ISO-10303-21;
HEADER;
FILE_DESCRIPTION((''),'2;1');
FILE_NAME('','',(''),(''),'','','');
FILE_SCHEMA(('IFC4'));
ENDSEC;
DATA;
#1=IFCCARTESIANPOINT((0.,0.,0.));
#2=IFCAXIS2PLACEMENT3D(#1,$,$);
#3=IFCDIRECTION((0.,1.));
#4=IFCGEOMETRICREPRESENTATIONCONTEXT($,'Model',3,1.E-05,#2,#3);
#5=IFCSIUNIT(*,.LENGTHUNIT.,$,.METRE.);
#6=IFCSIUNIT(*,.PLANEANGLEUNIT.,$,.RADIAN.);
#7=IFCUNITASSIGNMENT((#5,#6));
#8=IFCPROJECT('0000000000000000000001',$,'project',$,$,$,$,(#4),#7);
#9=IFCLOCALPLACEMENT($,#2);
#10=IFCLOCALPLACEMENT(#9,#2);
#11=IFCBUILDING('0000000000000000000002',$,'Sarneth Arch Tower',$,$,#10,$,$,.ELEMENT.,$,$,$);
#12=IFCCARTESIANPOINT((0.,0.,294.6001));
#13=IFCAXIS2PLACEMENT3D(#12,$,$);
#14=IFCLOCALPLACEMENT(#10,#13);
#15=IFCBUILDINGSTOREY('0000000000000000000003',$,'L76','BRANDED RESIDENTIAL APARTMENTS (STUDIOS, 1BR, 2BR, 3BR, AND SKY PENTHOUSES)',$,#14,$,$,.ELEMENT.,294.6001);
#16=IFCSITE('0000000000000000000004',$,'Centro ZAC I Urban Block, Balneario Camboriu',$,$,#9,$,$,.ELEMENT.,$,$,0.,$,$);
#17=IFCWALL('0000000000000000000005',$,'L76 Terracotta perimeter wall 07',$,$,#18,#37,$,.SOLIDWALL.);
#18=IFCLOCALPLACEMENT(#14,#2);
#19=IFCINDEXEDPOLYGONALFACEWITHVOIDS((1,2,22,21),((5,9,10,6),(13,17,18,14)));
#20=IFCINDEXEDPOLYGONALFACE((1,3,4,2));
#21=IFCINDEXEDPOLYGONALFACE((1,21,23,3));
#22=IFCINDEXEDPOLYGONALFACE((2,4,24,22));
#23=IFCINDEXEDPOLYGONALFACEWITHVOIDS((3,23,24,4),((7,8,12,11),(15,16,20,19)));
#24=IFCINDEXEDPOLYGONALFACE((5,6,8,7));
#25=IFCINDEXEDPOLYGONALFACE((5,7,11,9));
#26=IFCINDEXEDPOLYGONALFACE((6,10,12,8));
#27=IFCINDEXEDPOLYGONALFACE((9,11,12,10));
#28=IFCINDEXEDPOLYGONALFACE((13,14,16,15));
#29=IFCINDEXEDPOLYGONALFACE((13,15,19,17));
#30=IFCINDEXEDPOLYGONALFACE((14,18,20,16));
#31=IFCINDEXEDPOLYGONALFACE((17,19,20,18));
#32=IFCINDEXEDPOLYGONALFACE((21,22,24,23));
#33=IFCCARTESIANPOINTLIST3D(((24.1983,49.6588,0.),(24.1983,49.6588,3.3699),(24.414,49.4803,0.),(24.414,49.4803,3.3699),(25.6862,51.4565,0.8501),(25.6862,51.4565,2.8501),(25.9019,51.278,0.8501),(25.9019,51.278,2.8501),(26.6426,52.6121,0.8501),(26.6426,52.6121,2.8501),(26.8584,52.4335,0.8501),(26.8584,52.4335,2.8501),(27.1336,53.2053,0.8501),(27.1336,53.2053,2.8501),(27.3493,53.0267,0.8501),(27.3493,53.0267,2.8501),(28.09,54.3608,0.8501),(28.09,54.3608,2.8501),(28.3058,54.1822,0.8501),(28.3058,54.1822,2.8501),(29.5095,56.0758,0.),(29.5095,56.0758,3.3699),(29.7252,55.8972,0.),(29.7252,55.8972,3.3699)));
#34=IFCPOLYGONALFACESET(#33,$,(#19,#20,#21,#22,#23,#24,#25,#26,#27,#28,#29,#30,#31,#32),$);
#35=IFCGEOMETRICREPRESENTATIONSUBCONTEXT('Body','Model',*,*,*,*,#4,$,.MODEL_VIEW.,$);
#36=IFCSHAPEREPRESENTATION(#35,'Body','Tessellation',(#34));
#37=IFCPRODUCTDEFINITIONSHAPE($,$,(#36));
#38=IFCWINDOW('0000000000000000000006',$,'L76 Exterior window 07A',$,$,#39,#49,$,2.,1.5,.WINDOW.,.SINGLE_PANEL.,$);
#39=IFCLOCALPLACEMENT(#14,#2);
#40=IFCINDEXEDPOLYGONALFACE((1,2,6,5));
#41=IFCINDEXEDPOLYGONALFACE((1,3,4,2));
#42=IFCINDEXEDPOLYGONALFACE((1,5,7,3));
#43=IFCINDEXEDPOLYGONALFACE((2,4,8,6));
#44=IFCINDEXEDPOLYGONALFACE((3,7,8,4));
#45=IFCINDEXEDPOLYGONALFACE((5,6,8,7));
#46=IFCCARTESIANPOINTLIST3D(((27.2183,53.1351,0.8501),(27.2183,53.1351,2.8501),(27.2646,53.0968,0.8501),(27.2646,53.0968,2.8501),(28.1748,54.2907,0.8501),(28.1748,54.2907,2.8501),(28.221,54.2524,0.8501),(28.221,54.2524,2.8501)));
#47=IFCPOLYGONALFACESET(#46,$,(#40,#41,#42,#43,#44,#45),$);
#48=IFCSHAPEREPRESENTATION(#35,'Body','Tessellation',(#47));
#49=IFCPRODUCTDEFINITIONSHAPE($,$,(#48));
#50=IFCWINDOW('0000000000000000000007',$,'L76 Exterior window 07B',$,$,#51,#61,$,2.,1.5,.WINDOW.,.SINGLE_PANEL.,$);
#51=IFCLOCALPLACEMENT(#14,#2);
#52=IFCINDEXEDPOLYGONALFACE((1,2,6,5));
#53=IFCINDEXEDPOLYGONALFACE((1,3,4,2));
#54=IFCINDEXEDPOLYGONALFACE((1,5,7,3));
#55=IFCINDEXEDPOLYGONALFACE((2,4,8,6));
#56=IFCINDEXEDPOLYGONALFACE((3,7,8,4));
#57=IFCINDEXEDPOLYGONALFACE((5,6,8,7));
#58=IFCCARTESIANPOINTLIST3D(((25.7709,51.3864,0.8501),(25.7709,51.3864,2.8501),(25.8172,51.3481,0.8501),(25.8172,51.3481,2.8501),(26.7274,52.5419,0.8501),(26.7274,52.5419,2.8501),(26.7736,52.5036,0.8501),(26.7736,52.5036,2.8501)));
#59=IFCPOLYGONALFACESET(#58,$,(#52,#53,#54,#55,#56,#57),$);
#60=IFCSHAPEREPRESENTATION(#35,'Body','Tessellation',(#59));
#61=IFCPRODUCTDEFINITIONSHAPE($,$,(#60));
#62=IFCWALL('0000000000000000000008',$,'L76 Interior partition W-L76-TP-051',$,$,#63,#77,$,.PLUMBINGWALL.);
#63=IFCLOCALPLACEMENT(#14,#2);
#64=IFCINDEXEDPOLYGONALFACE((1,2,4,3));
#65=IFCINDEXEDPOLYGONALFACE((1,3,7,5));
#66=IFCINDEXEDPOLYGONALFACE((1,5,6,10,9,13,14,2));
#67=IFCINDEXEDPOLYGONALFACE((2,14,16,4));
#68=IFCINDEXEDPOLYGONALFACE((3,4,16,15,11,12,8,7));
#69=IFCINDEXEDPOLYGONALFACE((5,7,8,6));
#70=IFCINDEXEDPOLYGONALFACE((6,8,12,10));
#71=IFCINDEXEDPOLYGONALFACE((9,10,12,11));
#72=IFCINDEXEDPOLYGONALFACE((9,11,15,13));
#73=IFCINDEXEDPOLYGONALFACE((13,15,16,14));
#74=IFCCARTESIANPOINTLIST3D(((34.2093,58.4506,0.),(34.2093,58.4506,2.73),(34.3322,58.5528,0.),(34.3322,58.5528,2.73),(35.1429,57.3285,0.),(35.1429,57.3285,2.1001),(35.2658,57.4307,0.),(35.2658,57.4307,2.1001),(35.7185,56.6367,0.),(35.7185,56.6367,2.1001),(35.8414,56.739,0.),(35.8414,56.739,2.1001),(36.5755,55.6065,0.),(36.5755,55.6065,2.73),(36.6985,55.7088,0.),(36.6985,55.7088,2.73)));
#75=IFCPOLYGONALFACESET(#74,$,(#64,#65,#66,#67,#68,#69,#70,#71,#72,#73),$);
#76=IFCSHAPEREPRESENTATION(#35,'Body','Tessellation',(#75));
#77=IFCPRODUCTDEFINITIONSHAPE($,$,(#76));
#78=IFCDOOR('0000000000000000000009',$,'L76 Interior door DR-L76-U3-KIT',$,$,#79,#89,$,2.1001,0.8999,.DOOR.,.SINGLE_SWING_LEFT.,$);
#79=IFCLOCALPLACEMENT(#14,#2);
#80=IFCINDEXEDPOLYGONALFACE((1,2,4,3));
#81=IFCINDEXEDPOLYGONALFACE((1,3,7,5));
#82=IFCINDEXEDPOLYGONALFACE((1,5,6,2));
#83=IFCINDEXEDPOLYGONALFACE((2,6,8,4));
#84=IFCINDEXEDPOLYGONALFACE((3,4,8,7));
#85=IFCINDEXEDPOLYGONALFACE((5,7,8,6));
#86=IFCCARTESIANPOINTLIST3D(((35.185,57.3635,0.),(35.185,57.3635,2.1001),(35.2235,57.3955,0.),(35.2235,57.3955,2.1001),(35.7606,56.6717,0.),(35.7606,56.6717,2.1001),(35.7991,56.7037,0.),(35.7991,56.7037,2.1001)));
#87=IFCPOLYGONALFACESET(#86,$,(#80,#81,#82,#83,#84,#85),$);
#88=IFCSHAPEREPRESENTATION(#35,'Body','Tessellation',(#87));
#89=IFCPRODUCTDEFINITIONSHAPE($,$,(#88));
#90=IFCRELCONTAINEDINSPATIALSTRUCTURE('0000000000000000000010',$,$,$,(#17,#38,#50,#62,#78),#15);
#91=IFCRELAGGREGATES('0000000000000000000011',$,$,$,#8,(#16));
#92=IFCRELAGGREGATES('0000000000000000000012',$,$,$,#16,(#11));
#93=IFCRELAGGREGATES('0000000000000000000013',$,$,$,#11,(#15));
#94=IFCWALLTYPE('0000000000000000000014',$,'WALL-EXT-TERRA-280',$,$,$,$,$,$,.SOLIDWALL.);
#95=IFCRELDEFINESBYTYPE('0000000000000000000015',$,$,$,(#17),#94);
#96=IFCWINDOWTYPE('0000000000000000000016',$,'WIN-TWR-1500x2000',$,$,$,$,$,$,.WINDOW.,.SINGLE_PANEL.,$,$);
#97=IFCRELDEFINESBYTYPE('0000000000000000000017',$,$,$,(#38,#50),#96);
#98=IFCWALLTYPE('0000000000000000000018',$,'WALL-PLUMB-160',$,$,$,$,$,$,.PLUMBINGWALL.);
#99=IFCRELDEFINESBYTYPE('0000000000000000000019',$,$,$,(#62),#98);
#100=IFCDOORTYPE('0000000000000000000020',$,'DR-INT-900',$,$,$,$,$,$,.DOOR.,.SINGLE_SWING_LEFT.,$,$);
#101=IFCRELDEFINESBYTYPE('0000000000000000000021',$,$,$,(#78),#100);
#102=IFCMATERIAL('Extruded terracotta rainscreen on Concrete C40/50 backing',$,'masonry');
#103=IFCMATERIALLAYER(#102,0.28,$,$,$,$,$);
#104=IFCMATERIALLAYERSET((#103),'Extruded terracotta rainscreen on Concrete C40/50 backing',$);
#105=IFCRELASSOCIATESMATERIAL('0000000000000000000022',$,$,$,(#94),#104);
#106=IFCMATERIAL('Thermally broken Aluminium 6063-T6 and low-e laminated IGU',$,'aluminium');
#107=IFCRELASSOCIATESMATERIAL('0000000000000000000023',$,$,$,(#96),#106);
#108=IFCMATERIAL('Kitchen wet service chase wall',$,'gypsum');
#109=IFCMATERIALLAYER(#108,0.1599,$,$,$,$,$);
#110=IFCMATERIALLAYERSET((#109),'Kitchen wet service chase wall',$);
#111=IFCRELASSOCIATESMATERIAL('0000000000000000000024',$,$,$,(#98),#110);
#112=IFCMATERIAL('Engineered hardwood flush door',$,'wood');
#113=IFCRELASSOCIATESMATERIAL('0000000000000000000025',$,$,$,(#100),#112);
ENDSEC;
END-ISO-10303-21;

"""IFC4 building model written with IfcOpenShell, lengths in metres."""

from ifc_helpers import new_model, si_unit, direction, frame, frame_2d, origin, place, context, subcontext, project, spatial, rectangle, extrude, material, layer, layer_set, type_object, element, fill, save


model = new_model("IFC4")

# Units and contexts
model_context = context("Model", 3, precision=1e-05, world=origin(), true_north=direction((0.0, 1.0)))
body_context = subcontext(model_context, "Body", "Model", "MODEL_VIEW")
ifc_project = project(units=[si_unit("LENGTHUNIT", "METRE"), si_unit("PLANEANGLEUNIT", "RADIAN")], contexts=[model_context])

# Site, building, storey
site_placement = place(None, origin())
site = spatial("IfcSite", under=ifc_project, at=site_placement, Name="Centro ZAC I Urban Block, Balneario Camboriu", CompositionType="ELEMENT", RefElevation=0.0)
building_placement = place(site_placement, origin())
building = spatial("IfcBuilding", under=site, at=building_placement, Name="Sarneth Arch Tower", CompositionType="ELEMENT")
storey_placement = place(building_placement, frame((0.0, 0.0, 294.6001)))
storey = spatial("IfcBuildingStorey", under=building, at=storey_placement, Name="L76", Description="BRANDED RESIDENTIAL APARTMENTS (STUDIOS, 1BR, 2BR, 3BR, AND SKY PENTHOUSES)", CompositionType="ELEMENT", Elevation=294.6001)

# Wall, openings, windows
ifc_material_1 = material(Name="Extruded terracotta rainscreen on Concrete C40/50 backing", Category="masonry")
ifc_layer_1 = layer(ifc_material_1, 0.28)
ifc_layer_set_1 = layer_set([ifc_layer_1], Name="Extruded terracotta rainscreen on Concrete C40/50 backing")
wall_type_1 = type_object("IfcWallType", Name="WALL-EXT-TERRA-280", PredefinedType="SOLIDWALL", material=ifc_layer_set_1)
wall_1_placement = place(storey_placement, frame((29.6174, 55.9866, 0.0), z_axis=(0.0, 0.0, 1.0), x_axis=(-0.637615, -0.770355, 0.0)))
wall_1 = element("IfcWall", 1, at=wall_1_placement, inside=storey, type_object=wall_type_1, Name="L76 Terracotta perimeter wall 07", PredefinedType="SOLIDWALL", context=body_context, shape_type="SweptSolid", body=[
    extrude(rectangle(XDim=8.3298, YDim=0.28, at=frame_2d((4.165, 0.0))), origin(), (0.0, 0.0, 1.0), 3.3699),
])
opening_1_placement = place(wall_1_placement, frame((2.2263, 0.0, 0.8501)))
opening_1 = element("IfcOpeningElement", 2, at=opening_1_placement, cuts=wall_1, PredefinedType="OPENING", context=body_context, shape_type="SweptSolid", body=[
    extrude(rectangle(XDim=1.5, YDim=2.0, at=frame_2d((0.75, 1.0))), frame((0.0, 0.1499, 0.0), z_axis=(0.0, -1.0, 0.0), x_axis=(1.0, 0.0, 0.0)), (0.0, 0.0, 1.0), 0.3),
])
opening_2_placement = place(wall_1_placement, frame((4.4963, 0.0, 0.8501)))
opening_2 = element("IfcOpeningElement", 3, at=opening_2_placement, cuts=wall_1, PredefinedType="OPENING", context=body_context, shape_type="SweptSolid", body=[
    extrude(rectangle(XDim=1.5, YDim=2.0, at=frame_2d((0.75, 1.0))), frame((0.0, 0.1499, 0.0), z_axis=(0.0, -1.0, 0.0), x_axis=(1.0, 0.0, 0.0)), (0.0, 0.0, 1.0), 0.3),
])
ifc_material_2 = material(Name="Thermally broken Aluminium 6063-T6 and low-e laminated IGU", Category="aluminium")
window_type = type_object("IfcWindowType", Name="WIN-TWR-1500x2000", PartitioningType="SINGLE_PANEL", PredefinedType="WINDOW", material=ifc_material_2)
window_1_placement = place(opening_1_placement, origin())
window_1 = element("IfcWindow", 4, at=window_1_placement, inside=storey, type_object=window_type, Name="L76 Exterior window 07A", OverallHeight=2.0, OverallWidth=1.5, PartitioningType="SINGLE_PANEL", PredefinedType="WINDOW", context=body_context, shape_type="SweptSolid", body=[
    extrude(rectangle(XDim=1.5, YDim=2.0, at=frame_2d((0.75, 1.0))), frame((0.0, 0.03, 0.0), z_axis=(0.0, -1.0, 0.0), x_axis=(1.0, 0.0, 0.0)), (0.0, 0.0, 1.0), 0.0601),
])
fill(opening_1, window_1)
window_2_placement = place(opening_2_placement, origin())
window_2 = element("IfcWindow", 5, at=window_2_placement, inside=storey, type_object=window_type, Name="L76 Exterior window 07B", OverallHeight=2.0, OverallWidth=1.5, PartitioningType="SINGLE_PANEL", PredefinedType="WINDOW", context=body_context, shape_type="SweptSolid", body=[
    extrude(rectangle(XDim=1.5, YDim=2.0, at=frame_2d((0.75, 1.0))), frame((0.0, 0.03, 0.0), z_axis=(0.0, -1.0, 0.0), x_axis=(1.0, 0.0, 0.0)), (0.0, 0.0, 1.0), 0.0601),
])
fill(opening_2, window_2)

# Wall, opening, door
ifc_material_3 = material(Name="Kitchen wet service chase wall", Category="gypsum")
ifc_layer_2 = layer(ifc_material_3, 0.1599)
ifc_layer_set_2 = layer_set([ifc_layer_2], Name="Kitchen wet service chase wall")
wall_type_2 = type_object("IfcWallType", Name="WALL-PLUMB-160", PredefinedType="PLUMBINGWALL", material=ifc_layer_set_2)
wall_2_placement = place(storey_placement, frame((34.2708, 58.5017, 0.0), z_axis=(0.0, 0.0, 1.0), x_axis=(0.639581, -0.768724, 0.0)))
wall_2 = element("IfcWall", 6, at=wall_2_placement, inside=storey, type_object=wall_type_2, Name="L76 Interior partition W-L76-TP-051", PredefinedType="PLUMBINGWALL", context=body_context, shape_type="SweptSolid", body=[
    extrude(rectangle(XDim=3.6997, YDim=0.1599, at=frame_2d((1.8499, 0.0))), origin(), (0.0, 0.0, 1.0), 2.73),
])
opening_3_placement = place(wall_2_placement, frame((1.4597, 0.0, 0.0)))
opening_3 = element("IfcOpeningElement", 7, at=opening_3_placement, cuts=wall_2, PredefinedType="OPENING", context=body_context, shape_type="SweptSolid", body=[
    extrude(rectangle(XDim=0.8999, YDim=2.1001, at=frame_2d((0.45, 1.05))), frame((0.0, 0.0898, 0.0), z_axis=(0.0, -1.0, 0.0), x_axis=(1.0, 0.0, 0.0)), (0.0, 0.0, 1.0), 0.1799),
])
ifc_material_4 = material(Name="Engineered hardwood flush door", Category="wood")
door_type_1 = type_object("IfcDoorType", Name="DR-INT-900", OperationType="SINGLE_SWING_LEFT", PredefinedType="DOOR", material=ifc_material_4)
door_1_placement = place(opening_3_placement, origin())
door_1 = element("IfcDoor", 8, at=door_1_placement, inside=storey, type_object=door_type_1, Name="L76 Interior door DR-L76-U3-KIT", OperationType="SINGLE_SWING_LEFT", OverallHeight=2.1001, OverallWidth=0.8999, PredefinedType="DOOR", context=body_context, shape_type="SweptSolid", body=[
    extrude(rectangle(XDim=0.8999, YDim=2.1001, at=frame_2d((0.45, 1.05))), frame((0.0, 0.0249, 0.0), z_axis=(0.0, -1.0, 0.0), x_axis=(1.0, 0.0, 0.0)), (0.0, 0.0, 1.0), 0.05),
])
fill(opening_3, door_1)

save(model, "model.ifc")
